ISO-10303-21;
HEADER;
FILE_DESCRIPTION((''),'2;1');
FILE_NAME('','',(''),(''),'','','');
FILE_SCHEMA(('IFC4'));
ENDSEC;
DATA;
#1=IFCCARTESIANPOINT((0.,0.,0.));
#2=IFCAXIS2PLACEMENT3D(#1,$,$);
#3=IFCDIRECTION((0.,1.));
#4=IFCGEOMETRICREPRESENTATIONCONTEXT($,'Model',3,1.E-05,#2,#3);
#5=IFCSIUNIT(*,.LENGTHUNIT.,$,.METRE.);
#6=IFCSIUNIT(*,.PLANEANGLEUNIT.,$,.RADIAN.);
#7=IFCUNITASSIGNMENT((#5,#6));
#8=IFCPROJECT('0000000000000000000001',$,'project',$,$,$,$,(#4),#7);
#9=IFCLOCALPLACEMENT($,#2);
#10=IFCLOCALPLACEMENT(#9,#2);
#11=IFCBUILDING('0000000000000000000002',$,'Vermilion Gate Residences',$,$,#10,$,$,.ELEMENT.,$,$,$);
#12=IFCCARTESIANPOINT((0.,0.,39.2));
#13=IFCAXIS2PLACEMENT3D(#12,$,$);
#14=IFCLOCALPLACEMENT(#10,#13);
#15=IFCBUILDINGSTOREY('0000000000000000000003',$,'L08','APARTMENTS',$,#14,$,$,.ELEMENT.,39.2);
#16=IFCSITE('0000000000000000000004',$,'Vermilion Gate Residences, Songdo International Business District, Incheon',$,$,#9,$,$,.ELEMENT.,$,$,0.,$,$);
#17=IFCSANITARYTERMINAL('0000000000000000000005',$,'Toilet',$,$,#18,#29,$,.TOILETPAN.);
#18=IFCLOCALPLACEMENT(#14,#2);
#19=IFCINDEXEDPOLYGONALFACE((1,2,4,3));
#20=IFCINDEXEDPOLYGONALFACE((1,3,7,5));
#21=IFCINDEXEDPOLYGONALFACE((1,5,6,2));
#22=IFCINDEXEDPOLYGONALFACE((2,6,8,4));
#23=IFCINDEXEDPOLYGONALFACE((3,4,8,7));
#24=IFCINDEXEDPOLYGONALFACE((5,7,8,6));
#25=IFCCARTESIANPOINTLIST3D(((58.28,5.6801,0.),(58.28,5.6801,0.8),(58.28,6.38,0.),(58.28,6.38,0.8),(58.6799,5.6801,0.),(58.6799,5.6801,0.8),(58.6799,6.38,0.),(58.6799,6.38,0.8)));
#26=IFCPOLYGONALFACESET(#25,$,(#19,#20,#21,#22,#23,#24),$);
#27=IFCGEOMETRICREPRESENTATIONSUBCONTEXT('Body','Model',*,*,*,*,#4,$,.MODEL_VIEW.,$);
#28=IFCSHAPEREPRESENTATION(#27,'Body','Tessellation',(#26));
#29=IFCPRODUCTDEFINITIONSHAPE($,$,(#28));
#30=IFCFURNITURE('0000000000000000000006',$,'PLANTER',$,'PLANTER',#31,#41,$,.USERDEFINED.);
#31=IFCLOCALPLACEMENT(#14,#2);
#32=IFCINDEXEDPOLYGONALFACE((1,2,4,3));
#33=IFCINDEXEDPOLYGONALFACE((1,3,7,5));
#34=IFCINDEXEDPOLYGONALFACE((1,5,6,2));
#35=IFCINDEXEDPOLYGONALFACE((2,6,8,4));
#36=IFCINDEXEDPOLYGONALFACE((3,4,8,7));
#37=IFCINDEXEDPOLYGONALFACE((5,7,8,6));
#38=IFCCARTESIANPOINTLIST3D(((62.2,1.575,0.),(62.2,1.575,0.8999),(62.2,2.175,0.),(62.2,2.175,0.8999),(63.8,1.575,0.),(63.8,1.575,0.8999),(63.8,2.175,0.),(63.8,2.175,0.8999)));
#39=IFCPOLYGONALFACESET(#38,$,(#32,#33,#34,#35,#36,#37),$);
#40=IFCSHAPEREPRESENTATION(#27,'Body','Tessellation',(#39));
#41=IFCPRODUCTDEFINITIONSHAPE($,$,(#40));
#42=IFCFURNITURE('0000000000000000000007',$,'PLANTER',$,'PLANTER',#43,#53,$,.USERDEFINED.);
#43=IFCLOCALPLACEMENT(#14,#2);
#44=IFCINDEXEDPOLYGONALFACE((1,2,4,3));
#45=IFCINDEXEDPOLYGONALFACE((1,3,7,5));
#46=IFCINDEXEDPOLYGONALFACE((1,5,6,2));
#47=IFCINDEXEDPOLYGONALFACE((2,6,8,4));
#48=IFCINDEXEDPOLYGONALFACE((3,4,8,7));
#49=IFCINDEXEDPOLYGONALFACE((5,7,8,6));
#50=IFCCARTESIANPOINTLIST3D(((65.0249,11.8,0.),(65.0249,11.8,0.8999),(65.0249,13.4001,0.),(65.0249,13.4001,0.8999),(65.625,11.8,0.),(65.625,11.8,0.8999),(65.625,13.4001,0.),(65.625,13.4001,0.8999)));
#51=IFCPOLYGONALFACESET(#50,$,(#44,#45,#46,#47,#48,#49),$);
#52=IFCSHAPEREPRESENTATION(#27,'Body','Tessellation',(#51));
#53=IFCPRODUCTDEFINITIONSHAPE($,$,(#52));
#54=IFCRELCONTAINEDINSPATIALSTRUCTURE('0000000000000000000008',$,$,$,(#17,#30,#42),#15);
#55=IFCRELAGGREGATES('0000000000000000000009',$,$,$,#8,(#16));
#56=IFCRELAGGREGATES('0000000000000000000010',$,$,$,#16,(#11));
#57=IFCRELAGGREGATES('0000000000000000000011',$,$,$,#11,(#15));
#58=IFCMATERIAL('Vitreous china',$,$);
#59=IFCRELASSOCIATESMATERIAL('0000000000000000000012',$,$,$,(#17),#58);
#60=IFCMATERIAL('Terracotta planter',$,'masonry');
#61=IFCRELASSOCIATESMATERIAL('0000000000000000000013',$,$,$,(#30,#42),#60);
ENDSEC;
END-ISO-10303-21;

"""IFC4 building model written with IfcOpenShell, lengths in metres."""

from ifc_helpers import new_model, si_unit, direction, frame, origin, origin_2d, place, context, subcontext, project, spatial, rectangle, extrude, material, element, save


model = new_model("IFC4")

# Units and contexts
model_context = context("Model", 3, precision=1e-05, world=origin(), true_north=direction((0.0, 1.0)))
body_context = subcontext(model_context, "Body", "Model", "MODEL_VIEW")
ifc_project = project(units=[si_unit("LENGTHUNIT", "METRE"), si_unit("PLANEANGLEUNIT", "RADIAN")], contexts=[model_context])

# Site, building, storey
site_placement = place(None, origin())
site = spatial("IfcSite", under=ifc_project, at=site_placement, Name="Vermilion Gate Residences, Songdo International Business District, Incheon", CompositionType="ELEMENT", RefElevation=0.0)
building_placement = place(site_placement, origin())
building = spatial("IfcBuilding", under=site, at=building_placement, Name="Vermilion Gate Residences", CompositionType="ELEMENT")
storey_placement = place(building_placement, frame((0.0, 0.0, 39.2)))
storey = spatial("IfcBuildingStorey", under=building, at=storey_placement, Name="L08", Description="APARTMENTS", CompositionType="ELEMENT", Elevation=39.2)

# Sanitary terminal
ifc_material_1 = material(Name="Vitreous china")
sanitary_terminal_1_placement = place(storey_placement, frame((58.48, 6.03, 0.0), z_axis=(0.0, 0.0, 1.0), x_axis=(1.0, 0.0, 0.0)))
element("IfcSanitaryTerminal", 1, at=sanitary_terminal_1_placement, inside=storey, material=ifc_material_1, Name="Toilet", PredefinedType="TOILETPAN", context=body_context, shape_type="SweptSolid", body=[
    extrude(rectangle(XDim=0.3999, YDim=0.7, at=origin_2d()), origin(), (0.0, 0.0, 1.0), 0.8),
])

# Furniture
ifc_material_2 = material(Name="Terracotta planter", Category="masonry")
for number, where, z_axis, x_axis, name in (
    (2, (63.0, 1.875, 0.0), (0.0, 0.0, 1.0), (1.0, 0.0, 0.0), "PLANTER"),
    (3, (65.325, 12.6001, 0.0), (0.0, 0.0, 1.0), (0.0, 1.0, 0.0), "PLANTER"),
):
    element("IfcFurniture", number, at=place(storey_placement, frame(where, z_axis=z_axis, x_axis=x_axis)), inside=storey, material=ifc_material_2, Name=name, ObjectType="PLANTER", PredefinedType="USERDEFINED", context=body_context, shape_type="SweptSolid", body=[
        extrude(rectangle(XDim=1.6001, YDim=0.6001, at=origin_2d()), origin(), (0.0, 0.0, 1.0), 0.8999),
    ])

save(model, "model.ifc")
